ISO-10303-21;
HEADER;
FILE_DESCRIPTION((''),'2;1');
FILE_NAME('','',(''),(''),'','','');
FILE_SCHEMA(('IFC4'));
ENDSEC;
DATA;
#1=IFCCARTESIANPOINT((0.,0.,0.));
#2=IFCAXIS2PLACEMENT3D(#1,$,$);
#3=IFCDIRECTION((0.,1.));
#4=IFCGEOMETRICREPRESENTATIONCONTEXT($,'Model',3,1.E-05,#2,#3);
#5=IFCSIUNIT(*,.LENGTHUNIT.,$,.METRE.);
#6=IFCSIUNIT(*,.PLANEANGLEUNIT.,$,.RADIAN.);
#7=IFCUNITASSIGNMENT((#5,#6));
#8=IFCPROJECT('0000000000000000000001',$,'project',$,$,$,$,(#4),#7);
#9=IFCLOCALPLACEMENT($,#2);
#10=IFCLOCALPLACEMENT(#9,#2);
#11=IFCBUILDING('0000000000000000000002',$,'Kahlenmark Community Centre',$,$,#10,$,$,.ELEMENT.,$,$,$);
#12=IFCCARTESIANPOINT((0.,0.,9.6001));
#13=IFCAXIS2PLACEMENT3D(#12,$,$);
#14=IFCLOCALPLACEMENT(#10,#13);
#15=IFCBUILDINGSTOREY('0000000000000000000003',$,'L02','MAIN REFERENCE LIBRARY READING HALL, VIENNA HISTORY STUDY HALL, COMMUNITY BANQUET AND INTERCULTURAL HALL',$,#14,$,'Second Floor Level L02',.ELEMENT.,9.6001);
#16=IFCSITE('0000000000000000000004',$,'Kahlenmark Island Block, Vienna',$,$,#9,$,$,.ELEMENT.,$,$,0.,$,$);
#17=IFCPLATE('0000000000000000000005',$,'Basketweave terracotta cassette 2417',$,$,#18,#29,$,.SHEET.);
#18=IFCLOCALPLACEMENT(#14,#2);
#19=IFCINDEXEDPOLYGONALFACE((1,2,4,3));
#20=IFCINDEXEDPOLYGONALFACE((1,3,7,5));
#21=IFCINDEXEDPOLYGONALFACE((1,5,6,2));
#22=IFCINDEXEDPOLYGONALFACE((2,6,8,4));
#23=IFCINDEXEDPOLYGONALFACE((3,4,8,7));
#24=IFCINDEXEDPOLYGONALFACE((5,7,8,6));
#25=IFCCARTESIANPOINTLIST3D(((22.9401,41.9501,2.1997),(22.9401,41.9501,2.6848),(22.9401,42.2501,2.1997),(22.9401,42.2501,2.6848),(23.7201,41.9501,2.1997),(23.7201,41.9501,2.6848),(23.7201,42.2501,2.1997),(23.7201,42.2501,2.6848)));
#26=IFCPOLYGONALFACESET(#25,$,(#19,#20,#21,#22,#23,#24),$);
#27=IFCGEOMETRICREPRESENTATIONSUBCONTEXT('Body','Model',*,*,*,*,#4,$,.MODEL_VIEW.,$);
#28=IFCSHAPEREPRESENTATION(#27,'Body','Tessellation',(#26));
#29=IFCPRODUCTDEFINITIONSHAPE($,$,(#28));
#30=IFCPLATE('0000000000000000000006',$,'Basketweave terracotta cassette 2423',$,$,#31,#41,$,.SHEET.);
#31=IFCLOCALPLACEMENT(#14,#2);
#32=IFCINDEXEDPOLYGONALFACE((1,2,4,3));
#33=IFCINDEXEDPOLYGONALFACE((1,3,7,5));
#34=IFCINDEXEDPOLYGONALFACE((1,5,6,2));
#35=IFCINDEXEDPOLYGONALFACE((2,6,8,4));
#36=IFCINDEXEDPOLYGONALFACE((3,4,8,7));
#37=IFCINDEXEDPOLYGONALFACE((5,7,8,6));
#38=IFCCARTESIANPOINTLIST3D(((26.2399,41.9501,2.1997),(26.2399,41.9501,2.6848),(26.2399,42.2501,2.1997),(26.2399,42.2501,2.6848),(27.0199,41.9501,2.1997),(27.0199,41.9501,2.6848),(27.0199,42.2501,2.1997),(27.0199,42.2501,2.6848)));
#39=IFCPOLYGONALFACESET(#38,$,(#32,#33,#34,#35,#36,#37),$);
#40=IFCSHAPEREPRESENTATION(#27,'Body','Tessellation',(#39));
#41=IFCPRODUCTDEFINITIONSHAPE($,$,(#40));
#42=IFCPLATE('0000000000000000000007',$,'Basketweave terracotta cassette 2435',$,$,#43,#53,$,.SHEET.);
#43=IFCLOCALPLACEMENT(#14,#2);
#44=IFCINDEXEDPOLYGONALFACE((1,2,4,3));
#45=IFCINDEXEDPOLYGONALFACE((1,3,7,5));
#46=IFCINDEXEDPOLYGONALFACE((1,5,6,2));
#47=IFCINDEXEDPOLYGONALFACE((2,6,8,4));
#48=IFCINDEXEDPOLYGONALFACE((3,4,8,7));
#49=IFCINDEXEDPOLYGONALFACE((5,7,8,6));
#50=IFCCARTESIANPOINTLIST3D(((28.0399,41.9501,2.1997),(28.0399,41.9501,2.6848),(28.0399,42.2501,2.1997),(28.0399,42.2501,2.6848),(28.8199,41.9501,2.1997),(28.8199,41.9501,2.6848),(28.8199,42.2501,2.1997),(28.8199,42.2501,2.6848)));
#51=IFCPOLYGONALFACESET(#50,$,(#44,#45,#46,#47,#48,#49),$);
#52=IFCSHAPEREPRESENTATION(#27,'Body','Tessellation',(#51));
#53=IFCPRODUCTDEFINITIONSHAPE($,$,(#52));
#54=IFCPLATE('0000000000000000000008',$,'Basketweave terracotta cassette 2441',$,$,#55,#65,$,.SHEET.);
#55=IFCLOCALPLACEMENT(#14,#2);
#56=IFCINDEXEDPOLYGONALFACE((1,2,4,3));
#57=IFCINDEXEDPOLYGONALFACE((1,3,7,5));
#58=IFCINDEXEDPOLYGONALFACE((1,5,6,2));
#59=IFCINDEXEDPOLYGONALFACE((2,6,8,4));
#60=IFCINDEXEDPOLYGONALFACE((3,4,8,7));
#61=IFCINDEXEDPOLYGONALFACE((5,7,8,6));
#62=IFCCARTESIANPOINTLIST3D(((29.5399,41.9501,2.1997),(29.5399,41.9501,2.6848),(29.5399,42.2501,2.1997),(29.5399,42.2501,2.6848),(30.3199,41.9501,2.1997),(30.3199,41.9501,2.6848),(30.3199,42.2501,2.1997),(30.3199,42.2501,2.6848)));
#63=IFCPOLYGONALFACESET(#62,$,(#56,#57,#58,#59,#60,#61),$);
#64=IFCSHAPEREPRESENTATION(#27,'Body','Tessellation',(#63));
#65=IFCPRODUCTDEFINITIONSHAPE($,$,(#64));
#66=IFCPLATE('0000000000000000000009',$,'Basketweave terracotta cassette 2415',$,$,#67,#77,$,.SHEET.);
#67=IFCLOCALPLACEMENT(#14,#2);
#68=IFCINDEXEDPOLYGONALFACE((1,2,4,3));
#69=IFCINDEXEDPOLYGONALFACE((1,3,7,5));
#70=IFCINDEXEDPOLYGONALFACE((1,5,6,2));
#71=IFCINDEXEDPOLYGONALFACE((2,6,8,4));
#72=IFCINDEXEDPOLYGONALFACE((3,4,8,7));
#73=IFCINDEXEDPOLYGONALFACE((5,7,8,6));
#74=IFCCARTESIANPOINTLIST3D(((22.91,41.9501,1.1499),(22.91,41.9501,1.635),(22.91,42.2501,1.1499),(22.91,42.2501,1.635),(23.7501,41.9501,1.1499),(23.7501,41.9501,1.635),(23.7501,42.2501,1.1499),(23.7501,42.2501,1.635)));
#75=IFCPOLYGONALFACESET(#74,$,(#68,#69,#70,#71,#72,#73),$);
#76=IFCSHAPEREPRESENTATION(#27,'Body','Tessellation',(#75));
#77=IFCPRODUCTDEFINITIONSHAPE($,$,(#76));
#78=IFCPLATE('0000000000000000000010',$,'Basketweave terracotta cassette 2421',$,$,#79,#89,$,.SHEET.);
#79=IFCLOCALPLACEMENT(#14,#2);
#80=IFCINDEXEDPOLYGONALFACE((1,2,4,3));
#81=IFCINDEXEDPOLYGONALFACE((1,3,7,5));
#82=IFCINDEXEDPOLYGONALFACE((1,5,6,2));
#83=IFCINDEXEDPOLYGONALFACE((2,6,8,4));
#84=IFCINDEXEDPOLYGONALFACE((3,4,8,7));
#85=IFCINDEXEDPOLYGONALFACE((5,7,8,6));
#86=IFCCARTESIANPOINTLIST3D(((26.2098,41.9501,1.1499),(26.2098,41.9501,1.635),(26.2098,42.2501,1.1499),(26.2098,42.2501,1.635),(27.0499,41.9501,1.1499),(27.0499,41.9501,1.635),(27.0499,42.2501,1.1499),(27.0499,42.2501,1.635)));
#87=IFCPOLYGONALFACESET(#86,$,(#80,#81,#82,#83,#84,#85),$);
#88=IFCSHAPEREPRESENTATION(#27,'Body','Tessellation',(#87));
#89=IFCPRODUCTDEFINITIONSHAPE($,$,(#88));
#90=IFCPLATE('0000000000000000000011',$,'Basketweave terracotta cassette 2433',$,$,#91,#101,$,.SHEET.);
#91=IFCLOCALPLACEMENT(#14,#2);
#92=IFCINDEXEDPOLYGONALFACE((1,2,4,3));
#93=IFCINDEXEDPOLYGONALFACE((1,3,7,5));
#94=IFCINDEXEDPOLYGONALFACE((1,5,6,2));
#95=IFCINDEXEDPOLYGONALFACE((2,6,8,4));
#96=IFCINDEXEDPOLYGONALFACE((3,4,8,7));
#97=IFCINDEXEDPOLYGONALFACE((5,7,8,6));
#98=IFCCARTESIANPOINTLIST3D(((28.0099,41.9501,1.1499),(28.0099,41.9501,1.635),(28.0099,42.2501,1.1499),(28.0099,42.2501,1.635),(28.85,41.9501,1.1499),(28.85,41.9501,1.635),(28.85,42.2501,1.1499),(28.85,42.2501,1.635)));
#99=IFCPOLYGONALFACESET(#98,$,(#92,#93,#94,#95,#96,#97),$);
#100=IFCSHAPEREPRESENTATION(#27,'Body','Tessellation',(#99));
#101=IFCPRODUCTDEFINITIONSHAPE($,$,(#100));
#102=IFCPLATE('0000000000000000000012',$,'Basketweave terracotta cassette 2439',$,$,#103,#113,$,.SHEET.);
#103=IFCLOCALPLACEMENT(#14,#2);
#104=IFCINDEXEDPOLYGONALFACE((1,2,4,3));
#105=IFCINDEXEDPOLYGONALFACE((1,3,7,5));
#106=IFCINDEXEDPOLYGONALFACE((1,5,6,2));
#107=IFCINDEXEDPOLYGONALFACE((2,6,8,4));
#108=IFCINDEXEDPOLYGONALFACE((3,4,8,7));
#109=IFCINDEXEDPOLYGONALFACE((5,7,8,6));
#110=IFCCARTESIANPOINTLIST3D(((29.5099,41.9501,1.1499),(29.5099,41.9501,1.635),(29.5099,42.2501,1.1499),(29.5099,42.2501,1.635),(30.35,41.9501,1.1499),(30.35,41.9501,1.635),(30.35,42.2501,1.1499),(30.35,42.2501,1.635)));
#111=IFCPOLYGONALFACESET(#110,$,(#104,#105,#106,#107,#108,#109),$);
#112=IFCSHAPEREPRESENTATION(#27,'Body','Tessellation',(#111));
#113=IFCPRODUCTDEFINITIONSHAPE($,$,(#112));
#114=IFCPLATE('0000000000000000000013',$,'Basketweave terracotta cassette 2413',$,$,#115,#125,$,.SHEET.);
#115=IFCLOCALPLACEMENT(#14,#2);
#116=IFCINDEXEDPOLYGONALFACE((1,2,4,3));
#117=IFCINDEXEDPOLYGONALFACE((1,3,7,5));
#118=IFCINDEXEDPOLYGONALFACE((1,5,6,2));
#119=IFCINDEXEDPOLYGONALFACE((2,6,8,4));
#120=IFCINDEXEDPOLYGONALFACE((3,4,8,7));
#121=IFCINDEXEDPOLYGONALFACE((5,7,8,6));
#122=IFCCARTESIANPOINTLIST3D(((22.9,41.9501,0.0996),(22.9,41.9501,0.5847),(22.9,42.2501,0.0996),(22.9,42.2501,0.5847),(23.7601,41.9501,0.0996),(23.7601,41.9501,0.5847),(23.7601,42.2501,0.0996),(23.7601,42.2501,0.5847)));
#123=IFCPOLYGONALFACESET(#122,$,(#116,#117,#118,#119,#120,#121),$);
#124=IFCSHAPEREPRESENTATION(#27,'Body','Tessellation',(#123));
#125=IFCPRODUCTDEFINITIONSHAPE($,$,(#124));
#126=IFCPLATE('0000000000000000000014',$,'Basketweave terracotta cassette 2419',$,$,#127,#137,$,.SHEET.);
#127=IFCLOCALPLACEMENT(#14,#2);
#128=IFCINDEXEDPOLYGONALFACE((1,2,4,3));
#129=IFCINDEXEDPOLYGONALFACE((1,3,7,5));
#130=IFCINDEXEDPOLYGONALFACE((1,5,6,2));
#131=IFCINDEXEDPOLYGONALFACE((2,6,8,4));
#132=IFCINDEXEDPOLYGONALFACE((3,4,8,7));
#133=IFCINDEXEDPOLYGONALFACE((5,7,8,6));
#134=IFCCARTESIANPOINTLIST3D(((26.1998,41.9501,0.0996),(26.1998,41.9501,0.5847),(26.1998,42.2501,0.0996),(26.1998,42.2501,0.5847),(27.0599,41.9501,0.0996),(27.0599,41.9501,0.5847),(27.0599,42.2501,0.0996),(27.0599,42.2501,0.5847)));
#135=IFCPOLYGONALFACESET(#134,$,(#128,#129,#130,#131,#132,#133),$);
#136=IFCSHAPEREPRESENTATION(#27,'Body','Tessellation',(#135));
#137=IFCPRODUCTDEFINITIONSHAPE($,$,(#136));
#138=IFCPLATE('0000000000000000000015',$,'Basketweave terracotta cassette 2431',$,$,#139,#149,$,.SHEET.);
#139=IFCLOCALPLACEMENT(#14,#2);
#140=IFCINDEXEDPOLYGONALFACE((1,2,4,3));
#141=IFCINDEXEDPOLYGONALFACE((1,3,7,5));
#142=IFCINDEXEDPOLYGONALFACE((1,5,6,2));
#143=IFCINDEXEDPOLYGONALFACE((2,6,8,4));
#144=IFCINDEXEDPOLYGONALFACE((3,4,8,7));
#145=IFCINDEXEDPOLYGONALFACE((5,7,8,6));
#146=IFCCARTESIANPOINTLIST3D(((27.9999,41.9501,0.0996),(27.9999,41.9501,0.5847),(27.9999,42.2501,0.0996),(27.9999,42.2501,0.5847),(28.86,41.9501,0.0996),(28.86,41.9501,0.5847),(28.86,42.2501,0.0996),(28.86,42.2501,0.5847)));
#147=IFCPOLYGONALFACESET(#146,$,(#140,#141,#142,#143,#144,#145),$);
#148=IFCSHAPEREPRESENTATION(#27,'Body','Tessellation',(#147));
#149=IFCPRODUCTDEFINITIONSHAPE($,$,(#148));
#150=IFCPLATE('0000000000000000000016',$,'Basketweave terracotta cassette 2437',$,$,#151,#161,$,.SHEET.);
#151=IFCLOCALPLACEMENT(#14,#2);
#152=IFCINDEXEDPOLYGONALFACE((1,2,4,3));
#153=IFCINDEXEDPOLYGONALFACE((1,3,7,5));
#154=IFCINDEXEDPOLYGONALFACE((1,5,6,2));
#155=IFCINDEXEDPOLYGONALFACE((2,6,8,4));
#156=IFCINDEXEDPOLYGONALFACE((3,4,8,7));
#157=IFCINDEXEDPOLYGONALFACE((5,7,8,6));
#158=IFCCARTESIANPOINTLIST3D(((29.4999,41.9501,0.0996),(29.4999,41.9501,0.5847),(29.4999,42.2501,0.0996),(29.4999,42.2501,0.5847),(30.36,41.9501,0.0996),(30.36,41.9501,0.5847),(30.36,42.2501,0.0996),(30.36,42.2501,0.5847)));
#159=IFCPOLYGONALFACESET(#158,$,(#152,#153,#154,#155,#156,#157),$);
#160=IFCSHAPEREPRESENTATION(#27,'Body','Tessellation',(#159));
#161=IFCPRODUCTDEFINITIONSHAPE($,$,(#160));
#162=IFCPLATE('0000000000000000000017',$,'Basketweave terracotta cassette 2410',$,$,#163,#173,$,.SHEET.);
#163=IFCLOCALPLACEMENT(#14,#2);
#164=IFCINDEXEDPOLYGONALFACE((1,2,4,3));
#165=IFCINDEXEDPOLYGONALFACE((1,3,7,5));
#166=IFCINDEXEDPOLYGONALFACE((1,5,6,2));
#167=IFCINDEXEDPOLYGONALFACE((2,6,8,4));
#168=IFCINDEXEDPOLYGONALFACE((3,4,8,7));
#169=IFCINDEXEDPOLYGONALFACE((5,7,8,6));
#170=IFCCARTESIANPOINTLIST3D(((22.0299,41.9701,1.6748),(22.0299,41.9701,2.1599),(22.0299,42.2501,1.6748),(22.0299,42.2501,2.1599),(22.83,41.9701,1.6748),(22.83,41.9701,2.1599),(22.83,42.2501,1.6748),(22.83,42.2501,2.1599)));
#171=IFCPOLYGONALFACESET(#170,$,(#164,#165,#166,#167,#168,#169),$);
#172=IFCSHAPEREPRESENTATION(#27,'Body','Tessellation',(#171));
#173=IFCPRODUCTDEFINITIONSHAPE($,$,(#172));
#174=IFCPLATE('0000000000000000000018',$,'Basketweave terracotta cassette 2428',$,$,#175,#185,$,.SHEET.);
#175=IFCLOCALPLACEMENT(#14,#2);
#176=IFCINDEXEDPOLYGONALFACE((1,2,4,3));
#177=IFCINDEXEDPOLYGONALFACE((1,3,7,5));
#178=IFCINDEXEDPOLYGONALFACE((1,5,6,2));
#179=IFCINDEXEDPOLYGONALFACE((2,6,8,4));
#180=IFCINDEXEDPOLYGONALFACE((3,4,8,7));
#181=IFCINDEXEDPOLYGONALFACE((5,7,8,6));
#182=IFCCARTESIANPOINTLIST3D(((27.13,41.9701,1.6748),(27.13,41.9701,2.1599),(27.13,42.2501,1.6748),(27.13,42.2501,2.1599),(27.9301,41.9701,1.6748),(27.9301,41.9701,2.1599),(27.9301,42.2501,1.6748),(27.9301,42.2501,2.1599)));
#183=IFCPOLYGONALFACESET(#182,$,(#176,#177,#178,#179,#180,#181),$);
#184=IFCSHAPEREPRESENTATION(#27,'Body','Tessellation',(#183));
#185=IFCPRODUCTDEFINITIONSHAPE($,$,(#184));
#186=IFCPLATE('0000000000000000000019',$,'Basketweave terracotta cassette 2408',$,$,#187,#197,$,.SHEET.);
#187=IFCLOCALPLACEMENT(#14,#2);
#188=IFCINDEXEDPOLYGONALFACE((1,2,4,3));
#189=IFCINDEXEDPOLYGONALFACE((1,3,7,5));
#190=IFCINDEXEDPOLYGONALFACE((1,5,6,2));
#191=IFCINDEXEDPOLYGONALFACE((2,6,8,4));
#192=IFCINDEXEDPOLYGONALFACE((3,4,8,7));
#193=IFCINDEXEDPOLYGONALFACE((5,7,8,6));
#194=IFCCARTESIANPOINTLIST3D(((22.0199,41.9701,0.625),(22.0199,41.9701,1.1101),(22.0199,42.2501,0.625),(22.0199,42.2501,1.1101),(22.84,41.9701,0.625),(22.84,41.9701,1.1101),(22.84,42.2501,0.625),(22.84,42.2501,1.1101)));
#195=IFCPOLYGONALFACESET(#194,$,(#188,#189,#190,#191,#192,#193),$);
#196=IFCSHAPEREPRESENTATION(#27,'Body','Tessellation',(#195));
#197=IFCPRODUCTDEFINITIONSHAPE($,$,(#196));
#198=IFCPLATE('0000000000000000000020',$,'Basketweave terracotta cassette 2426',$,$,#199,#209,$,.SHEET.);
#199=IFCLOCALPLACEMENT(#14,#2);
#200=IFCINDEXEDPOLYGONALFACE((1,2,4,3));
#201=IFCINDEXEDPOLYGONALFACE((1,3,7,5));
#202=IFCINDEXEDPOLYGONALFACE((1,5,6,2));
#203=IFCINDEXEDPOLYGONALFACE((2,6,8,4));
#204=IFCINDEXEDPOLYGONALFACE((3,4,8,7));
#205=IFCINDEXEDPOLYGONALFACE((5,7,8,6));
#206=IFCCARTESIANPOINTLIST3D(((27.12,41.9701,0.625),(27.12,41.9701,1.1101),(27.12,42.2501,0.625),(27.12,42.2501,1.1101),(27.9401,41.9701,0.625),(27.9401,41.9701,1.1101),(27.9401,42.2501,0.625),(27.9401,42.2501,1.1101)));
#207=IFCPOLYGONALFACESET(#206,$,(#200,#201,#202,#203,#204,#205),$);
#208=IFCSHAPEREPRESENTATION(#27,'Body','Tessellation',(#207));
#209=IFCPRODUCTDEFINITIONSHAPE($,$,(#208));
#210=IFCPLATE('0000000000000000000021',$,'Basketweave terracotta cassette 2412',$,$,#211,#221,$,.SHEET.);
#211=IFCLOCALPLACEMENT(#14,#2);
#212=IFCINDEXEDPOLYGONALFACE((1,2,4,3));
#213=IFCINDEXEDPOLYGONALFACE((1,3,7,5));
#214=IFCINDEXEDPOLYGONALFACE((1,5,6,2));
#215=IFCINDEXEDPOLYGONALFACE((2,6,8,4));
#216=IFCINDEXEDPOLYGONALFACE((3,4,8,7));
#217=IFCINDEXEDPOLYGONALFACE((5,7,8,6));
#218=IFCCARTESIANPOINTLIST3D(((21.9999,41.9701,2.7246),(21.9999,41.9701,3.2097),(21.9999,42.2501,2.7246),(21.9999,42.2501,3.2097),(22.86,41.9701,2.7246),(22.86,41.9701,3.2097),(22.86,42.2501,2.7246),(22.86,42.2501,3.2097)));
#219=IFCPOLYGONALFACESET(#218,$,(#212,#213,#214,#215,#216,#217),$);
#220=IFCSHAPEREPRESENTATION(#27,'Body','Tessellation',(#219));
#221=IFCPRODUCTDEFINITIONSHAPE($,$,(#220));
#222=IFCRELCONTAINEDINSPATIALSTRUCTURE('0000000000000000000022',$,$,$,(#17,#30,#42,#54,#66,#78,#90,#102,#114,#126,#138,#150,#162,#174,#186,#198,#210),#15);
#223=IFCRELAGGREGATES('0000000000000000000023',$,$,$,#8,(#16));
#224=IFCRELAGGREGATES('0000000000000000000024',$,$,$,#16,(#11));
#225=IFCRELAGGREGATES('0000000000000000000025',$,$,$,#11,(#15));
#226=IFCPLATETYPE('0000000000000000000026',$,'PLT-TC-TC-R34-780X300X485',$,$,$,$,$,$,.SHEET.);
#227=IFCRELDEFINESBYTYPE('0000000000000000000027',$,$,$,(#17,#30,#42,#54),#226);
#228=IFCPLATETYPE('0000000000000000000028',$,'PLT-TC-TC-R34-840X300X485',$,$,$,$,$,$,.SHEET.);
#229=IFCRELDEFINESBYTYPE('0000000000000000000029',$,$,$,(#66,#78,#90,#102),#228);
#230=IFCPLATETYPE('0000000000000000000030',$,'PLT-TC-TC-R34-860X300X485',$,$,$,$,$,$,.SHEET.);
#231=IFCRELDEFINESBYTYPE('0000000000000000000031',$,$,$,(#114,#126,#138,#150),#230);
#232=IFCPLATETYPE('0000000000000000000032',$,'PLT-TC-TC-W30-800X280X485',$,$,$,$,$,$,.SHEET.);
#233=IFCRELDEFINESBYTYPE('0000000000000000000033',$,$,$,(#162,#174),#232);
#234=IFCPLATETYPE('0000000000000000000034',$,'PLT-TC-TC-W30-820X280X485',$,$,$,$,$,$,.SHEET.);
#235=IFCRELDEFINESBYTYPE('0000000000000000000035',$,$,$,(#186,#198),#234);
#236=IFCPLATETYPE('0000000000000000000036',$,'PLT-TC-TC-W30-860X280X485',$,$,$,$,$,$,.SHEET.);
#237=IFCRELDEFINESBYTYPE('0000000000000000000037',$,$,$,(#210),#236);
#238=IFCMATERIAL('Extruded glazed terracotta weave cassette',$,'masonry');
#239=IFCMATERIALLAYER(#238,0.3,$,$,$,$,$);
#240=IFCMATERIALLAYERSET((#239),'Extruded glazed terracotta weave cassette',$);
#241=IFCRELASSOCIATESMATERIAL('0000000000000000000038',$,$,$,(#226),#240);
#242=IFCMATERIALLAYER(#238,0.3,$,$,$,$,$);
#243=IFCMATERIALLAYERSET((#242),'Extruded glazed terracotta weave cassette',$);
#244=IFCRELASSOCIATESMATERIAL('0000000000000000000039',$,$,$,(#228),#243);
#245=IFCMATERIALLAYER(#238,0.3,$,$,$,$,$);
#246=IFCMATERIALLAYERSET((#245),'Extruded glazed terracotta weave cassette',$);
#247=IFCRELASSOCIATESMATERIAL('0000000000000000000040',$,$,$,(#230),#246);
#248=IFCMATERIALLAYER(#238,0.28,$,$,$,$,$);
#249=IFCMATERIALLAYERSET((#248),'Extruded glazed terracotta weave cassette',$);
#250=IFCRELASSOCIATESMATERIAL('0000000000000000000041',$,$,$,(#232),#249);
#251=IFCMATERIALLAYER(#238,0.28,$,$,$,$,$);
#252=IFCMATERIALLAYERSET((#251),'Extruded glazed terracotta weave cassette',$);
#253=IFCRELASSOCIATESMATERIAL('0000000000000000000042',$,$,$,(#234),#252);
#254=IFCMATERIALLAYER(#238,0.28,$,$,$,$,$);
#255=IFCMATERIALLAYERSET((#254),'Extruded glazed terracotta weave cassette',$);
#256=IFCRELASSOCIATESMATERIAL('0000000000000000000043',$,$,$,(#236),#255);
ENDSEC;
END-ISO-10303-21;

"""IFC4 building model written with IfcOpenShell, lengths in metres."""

from ifc_helpers import new_model, si_unit, direction, frame, origin, origin_2d, place, context, subcontext, project, spatial, rectangle, extrude, material, layer, layer_set, type_object, element, save


model = new_model("IFC4")

# Units and contexts
model_context = context("Model", 3, precision=1e-05, world=origin(), true_north=direction((0.0, 1.0)))
body_context = subcontext(model_context, "Body", "Model", "MODEL_VIEW")
ifc_project = project(units=[si_unit("LENGTHUNIT", "METRE"), si_unit("PLANEANGLEUNIT", "RADIAN")], contexts=[model_context])

# Site, building, storey
site_placement = place(None, origin())
site = spatial("IfcSite", under=ifc_project, at=site_placement, Name="Kahlenmark Island Block, Vienna", CompositionType="ELEMENT", RefElevation=0.0)
building_placement = place(site_placement, origin())
building = spatial("IfcBuilding", under=site, at=building_placement, Name="Kahlenmark Community Centre", CompositionType="ELEMENT")
storey_placement = place(building_placement, frame((0.0, 0.0, 9.6001)))
storey = spatial("IfcBuildingStorey", under=building, at=storey_placement, Name="L02", Description="MAIN REFERENCE LIBRARY READING HALL, VIENNA HISTORY STUDY HALL, COMMUNITY BANQUET AND INTERCULTURAL HALL", LongName="Second Floor Level L02", CompositionType="ELEMENT", Elevation=9.6001)

# Plates
ifc_material_1 = material(Name="Extruded glazed terracotta weave cassette", Category="masonry")
ifc_layer_1 = layer(ifc_material_1, 0.3)
ifc_layer_set_1 = layer_set([ifc_layer_1], Name="Extruded glazed terracotta weave cassette")
plate_type_1 = type_object("IfcPlateType", Name="PLT-TC-TC-R34-780X300X485", PredefinedType="SHEET", material=ifc_layer_set_1)
for number, where, z_axis, x_axis, name in (
    (1, (23.3301, 42.1001, 2.1997), (0.0, 0.0, 1.0), (1.0, 0.0, 0.0), "Basketweave terracotta cassette 2417"),
    (2, (26.6299, 42.1001, 2.1997), (0.0, 0.0, 1.0), (1.0, 0.0, 0.0), "Basketweave terracotta cassette 2423"),
    (3, (28.4299, 42.1001, 2.1997), (0.0, 0.0, 1.0), (1.0, 0.0, 0.0), "Basketweave terracotta cassette 2435"),
    (4, (29.9299, 42.1001, 2.1997), (0.0, 0.0, 1.0), (1.0, 0.0, 0.0), "Basketweave terracotta cassette 2441"),
):
    element("IfcPlate", number, at=place(storey_placement, frame(where, z_axis=z_axis, x_axis=x_axis)), inside=storey, type_object=plate_type_1, Name=name, PredefinedType="SHEET", context=body_context, shape_type="SweptSolid", body=[
        extrude(rectangle(XDim=0.78, YDim=0.3, at=origin_2d()), origin(), (0.0, 0.0, 1.0), 0.4851),
    ])
ifc_layer_2 = layer(ifc_material_1, 0.3)
ifc_layer_set_2 = layer_set([ifc_layer_2], Name="Extruded glazed terracotta weave cassette")
plate_type_2 = type_object("IfcPlateType", Name="PLT-TC-TC-R34-840X300X485", PredefinedType="SHEET", material=ifc_layer_set_2)
for number, where, z_axis, x_axis, name in (
    (5, (23.3301, 42.1001, 1.1499), (0.0, 0.0, 1.0), (1.0, 0.0, 0.0), "Basketweave terracotta cassette 2415"),
    (6, (26.6299, 42.1001, 1.1499), (0.0, 0.0, 1.0), (1.0, 0.0, 0.0), "Basketweave terracotta cassette 2421"),
    (7, (28.4299, 42.1001, 1.1499), (0.0, 0.0, 1.0), (1.0, 0.0, 0.0), "Basketweave terracotta cassette 2433"),
    (8, (29.9299, 42.1001, 1.1499), (0.0, 0.0, 1.0), (1.0, 0.0, 0.0), "Basketweave terracotta cassette 2439"),
):
    element("IfcPlate", number, at=place(storey_placement, frame(where, z_axis=z_axis, x_axis=x_axis)), inside=storey, type_object=plate_type_2, Name=name, PredefinedType="SHEET", context=body_context, shape_type="SweptSolid", body=[
        extrude(rectangle(XDim=0.8401, YDim=0.3, at=origin_2d()), origin(), (0.0, 0.0, 1.0), 0.4851),
    ])
ifc_layer_3 = layer(ifc_material_1, 0.3)
ifc_layer_set_3 = layer_set([ifc_layer_3], Name="Extruded glazed terracotta weave cassette")
plate_type_3 = type_object("IfcPlateType", Name="PLT-TC-TC-R34-860X300X485", PredefinedType="SHEET", material=ifc_layer_set_3)
for number, where, z_axis, x_axis, name in (
    (9, (23.3301, 42.1001, 0.0996), (0.0, 0.0, 1.0), (1.0, 0.0, 0.0), "Basketweave terracotta cassette 2413"),
    (10, (26.6299, 42.1001, 0.0996), (0.0, 0.0, 1.0), (1.0, 0.0, 0.0), "Basketweave terracotta cassette 2419"),
    (11, (28.4299, 42.1001, 0.0996), (0.0, 0.0, 1.0), (1.0, 0.0, 0.0), "Basketweave terracotta cassette 2431"),
    (12, (29.9299, 42.1001, 0.0996), (0.0, 0.0, 1.0), (1.0, 0.0, 0.0), "Basketweave terracotta cassette 2437"),
):
    element("IfcPlate", number, at=place(storey_placement, frame(where, z_axis=z_axis, x_axis=x_axis)), inside=storey, type_object=plate_type_3, Name=name, PredefinedType="SHEET", context=body_context, shape_type="SweptSolid", body=[
        extrude(rectangle(XDim=0.8601, YDim=0.3, at=origin_2d()), origin(), (0.0, 0.0, 1.0), 0.4851),
    ])
ifc_layer_4 = layer(ifc_material_1, 0.28)
ifc_layer_set_4 = layer_set([ifc_layer_4], Name="Extruded glazed terracotta weave cassette")
plate_type_4 = type_object("IfcPlateType", Name="PLT-TC-TC-W30-800X280X485", PredefinedType="SHEET", material=ifc_layer_set_4)
for number, where, z_axis, x_axis, name in (
    (13, (22.4299, 42.1101, 1.6748), (0.0, 0.0, 1.0), (1.0, 0.0, 0.0), "Basketweave terracotta cassette 2410"),
    (14, (27.53, 42.1101, 1.6748), (0.0, 0.0, 1.0), (1.0, 0.0, 0.0), "Basketweave terracotta cassette 2428"),
):
    element("IfcPlate", number, at=place(storey_placement, frame(where, z_axis=z_axis, x_axis=x_axis)), inside=storey, type_object=plate_type_4, Name=name, PredefinedType="SHEET", context=body_context, shape_type="SweptSolid", body=[
        extrude(rectangle(XDim=0.8, YDim=0.28, at=origin_2d()), origin(), (0.0, 0.0, 1.0), 0.4851),
    ])
ifc_layer_5 = layer(ifc_material_1, 0.28)
ifc_layer_set_5 = layer_set([ifc_layer_5], Name="Extruded glazed terracotta weave cassette")
plate_type_5 = type_object("IfcPlateType", Name="PLT-TC-TC-W30-820X280X485", PredefinedType="SHEET", material=ifc_layer_set_5)
for number, where, z_axis, x_axis, name in (
    (15, (22.4299, 42.1101, 0.625), (0.0, 0.0, 1.0), (1.0, 0.0, 0.0), "Basketweave terracotta cassette 2408"),
    (16, (27.53, 42.1101, 0.625), (0.0, 0.0, 1.0), (1.0, 0.0, 0.0), "Basketweave terracotta cassette 2426"),
):
    element("IfcPlate", number, at=place(storey_placement, frame(where, z_axis=z_axis, x_axis=x_axis)), inside=storey, type_object=plate_type_5, Name=name, PredefinedType="SHEET", context=body_context, shape_type="SweptSolid", body=[
        extrude(rectangle(XDim=0.8201, YDim=0.28, at=origin_2d()), origin(), (0.0, 0.0, 1.0), 0.4851),
    ])
ifc_layer_6 = layer(ifc_material_1, 0.28)
ifc_layer_set_6 = layer_set([ifc_layer_6], Name="Extruded glazed terracotta weave cassette")
plate_type_6 = type_object("IfcPlateType", Name="PLT-TC-TC-W30-860X280X485", PredefinedType="SHEET", material=ifc_layer_set_6)
for number, where, z_axis, x_axis, name in (
    (17, (22.4299, 42.1101, 2.7246), (0.0, 0.0, 1.0), (1.0, 0.0, 0.0), "Basketweave terracotta cassette 2412"),
):
    element("IfcPlate", number, at=place(storey_placement, frame(where, z_axis=z_axis, x_axis=x_axis)), inside=storey, type_object=plate_type_6, Name=name, PredefinedType="SHEET", context=body_context, shape_type="SweptSolid", body=[
        extrude(rectangle(XDim=0.8601, YDim=0.28, at=origin_2d()), origin(), (0.0, 0.0, 1.0), 0.4851),
    ])

save(model, "model.ifc")
